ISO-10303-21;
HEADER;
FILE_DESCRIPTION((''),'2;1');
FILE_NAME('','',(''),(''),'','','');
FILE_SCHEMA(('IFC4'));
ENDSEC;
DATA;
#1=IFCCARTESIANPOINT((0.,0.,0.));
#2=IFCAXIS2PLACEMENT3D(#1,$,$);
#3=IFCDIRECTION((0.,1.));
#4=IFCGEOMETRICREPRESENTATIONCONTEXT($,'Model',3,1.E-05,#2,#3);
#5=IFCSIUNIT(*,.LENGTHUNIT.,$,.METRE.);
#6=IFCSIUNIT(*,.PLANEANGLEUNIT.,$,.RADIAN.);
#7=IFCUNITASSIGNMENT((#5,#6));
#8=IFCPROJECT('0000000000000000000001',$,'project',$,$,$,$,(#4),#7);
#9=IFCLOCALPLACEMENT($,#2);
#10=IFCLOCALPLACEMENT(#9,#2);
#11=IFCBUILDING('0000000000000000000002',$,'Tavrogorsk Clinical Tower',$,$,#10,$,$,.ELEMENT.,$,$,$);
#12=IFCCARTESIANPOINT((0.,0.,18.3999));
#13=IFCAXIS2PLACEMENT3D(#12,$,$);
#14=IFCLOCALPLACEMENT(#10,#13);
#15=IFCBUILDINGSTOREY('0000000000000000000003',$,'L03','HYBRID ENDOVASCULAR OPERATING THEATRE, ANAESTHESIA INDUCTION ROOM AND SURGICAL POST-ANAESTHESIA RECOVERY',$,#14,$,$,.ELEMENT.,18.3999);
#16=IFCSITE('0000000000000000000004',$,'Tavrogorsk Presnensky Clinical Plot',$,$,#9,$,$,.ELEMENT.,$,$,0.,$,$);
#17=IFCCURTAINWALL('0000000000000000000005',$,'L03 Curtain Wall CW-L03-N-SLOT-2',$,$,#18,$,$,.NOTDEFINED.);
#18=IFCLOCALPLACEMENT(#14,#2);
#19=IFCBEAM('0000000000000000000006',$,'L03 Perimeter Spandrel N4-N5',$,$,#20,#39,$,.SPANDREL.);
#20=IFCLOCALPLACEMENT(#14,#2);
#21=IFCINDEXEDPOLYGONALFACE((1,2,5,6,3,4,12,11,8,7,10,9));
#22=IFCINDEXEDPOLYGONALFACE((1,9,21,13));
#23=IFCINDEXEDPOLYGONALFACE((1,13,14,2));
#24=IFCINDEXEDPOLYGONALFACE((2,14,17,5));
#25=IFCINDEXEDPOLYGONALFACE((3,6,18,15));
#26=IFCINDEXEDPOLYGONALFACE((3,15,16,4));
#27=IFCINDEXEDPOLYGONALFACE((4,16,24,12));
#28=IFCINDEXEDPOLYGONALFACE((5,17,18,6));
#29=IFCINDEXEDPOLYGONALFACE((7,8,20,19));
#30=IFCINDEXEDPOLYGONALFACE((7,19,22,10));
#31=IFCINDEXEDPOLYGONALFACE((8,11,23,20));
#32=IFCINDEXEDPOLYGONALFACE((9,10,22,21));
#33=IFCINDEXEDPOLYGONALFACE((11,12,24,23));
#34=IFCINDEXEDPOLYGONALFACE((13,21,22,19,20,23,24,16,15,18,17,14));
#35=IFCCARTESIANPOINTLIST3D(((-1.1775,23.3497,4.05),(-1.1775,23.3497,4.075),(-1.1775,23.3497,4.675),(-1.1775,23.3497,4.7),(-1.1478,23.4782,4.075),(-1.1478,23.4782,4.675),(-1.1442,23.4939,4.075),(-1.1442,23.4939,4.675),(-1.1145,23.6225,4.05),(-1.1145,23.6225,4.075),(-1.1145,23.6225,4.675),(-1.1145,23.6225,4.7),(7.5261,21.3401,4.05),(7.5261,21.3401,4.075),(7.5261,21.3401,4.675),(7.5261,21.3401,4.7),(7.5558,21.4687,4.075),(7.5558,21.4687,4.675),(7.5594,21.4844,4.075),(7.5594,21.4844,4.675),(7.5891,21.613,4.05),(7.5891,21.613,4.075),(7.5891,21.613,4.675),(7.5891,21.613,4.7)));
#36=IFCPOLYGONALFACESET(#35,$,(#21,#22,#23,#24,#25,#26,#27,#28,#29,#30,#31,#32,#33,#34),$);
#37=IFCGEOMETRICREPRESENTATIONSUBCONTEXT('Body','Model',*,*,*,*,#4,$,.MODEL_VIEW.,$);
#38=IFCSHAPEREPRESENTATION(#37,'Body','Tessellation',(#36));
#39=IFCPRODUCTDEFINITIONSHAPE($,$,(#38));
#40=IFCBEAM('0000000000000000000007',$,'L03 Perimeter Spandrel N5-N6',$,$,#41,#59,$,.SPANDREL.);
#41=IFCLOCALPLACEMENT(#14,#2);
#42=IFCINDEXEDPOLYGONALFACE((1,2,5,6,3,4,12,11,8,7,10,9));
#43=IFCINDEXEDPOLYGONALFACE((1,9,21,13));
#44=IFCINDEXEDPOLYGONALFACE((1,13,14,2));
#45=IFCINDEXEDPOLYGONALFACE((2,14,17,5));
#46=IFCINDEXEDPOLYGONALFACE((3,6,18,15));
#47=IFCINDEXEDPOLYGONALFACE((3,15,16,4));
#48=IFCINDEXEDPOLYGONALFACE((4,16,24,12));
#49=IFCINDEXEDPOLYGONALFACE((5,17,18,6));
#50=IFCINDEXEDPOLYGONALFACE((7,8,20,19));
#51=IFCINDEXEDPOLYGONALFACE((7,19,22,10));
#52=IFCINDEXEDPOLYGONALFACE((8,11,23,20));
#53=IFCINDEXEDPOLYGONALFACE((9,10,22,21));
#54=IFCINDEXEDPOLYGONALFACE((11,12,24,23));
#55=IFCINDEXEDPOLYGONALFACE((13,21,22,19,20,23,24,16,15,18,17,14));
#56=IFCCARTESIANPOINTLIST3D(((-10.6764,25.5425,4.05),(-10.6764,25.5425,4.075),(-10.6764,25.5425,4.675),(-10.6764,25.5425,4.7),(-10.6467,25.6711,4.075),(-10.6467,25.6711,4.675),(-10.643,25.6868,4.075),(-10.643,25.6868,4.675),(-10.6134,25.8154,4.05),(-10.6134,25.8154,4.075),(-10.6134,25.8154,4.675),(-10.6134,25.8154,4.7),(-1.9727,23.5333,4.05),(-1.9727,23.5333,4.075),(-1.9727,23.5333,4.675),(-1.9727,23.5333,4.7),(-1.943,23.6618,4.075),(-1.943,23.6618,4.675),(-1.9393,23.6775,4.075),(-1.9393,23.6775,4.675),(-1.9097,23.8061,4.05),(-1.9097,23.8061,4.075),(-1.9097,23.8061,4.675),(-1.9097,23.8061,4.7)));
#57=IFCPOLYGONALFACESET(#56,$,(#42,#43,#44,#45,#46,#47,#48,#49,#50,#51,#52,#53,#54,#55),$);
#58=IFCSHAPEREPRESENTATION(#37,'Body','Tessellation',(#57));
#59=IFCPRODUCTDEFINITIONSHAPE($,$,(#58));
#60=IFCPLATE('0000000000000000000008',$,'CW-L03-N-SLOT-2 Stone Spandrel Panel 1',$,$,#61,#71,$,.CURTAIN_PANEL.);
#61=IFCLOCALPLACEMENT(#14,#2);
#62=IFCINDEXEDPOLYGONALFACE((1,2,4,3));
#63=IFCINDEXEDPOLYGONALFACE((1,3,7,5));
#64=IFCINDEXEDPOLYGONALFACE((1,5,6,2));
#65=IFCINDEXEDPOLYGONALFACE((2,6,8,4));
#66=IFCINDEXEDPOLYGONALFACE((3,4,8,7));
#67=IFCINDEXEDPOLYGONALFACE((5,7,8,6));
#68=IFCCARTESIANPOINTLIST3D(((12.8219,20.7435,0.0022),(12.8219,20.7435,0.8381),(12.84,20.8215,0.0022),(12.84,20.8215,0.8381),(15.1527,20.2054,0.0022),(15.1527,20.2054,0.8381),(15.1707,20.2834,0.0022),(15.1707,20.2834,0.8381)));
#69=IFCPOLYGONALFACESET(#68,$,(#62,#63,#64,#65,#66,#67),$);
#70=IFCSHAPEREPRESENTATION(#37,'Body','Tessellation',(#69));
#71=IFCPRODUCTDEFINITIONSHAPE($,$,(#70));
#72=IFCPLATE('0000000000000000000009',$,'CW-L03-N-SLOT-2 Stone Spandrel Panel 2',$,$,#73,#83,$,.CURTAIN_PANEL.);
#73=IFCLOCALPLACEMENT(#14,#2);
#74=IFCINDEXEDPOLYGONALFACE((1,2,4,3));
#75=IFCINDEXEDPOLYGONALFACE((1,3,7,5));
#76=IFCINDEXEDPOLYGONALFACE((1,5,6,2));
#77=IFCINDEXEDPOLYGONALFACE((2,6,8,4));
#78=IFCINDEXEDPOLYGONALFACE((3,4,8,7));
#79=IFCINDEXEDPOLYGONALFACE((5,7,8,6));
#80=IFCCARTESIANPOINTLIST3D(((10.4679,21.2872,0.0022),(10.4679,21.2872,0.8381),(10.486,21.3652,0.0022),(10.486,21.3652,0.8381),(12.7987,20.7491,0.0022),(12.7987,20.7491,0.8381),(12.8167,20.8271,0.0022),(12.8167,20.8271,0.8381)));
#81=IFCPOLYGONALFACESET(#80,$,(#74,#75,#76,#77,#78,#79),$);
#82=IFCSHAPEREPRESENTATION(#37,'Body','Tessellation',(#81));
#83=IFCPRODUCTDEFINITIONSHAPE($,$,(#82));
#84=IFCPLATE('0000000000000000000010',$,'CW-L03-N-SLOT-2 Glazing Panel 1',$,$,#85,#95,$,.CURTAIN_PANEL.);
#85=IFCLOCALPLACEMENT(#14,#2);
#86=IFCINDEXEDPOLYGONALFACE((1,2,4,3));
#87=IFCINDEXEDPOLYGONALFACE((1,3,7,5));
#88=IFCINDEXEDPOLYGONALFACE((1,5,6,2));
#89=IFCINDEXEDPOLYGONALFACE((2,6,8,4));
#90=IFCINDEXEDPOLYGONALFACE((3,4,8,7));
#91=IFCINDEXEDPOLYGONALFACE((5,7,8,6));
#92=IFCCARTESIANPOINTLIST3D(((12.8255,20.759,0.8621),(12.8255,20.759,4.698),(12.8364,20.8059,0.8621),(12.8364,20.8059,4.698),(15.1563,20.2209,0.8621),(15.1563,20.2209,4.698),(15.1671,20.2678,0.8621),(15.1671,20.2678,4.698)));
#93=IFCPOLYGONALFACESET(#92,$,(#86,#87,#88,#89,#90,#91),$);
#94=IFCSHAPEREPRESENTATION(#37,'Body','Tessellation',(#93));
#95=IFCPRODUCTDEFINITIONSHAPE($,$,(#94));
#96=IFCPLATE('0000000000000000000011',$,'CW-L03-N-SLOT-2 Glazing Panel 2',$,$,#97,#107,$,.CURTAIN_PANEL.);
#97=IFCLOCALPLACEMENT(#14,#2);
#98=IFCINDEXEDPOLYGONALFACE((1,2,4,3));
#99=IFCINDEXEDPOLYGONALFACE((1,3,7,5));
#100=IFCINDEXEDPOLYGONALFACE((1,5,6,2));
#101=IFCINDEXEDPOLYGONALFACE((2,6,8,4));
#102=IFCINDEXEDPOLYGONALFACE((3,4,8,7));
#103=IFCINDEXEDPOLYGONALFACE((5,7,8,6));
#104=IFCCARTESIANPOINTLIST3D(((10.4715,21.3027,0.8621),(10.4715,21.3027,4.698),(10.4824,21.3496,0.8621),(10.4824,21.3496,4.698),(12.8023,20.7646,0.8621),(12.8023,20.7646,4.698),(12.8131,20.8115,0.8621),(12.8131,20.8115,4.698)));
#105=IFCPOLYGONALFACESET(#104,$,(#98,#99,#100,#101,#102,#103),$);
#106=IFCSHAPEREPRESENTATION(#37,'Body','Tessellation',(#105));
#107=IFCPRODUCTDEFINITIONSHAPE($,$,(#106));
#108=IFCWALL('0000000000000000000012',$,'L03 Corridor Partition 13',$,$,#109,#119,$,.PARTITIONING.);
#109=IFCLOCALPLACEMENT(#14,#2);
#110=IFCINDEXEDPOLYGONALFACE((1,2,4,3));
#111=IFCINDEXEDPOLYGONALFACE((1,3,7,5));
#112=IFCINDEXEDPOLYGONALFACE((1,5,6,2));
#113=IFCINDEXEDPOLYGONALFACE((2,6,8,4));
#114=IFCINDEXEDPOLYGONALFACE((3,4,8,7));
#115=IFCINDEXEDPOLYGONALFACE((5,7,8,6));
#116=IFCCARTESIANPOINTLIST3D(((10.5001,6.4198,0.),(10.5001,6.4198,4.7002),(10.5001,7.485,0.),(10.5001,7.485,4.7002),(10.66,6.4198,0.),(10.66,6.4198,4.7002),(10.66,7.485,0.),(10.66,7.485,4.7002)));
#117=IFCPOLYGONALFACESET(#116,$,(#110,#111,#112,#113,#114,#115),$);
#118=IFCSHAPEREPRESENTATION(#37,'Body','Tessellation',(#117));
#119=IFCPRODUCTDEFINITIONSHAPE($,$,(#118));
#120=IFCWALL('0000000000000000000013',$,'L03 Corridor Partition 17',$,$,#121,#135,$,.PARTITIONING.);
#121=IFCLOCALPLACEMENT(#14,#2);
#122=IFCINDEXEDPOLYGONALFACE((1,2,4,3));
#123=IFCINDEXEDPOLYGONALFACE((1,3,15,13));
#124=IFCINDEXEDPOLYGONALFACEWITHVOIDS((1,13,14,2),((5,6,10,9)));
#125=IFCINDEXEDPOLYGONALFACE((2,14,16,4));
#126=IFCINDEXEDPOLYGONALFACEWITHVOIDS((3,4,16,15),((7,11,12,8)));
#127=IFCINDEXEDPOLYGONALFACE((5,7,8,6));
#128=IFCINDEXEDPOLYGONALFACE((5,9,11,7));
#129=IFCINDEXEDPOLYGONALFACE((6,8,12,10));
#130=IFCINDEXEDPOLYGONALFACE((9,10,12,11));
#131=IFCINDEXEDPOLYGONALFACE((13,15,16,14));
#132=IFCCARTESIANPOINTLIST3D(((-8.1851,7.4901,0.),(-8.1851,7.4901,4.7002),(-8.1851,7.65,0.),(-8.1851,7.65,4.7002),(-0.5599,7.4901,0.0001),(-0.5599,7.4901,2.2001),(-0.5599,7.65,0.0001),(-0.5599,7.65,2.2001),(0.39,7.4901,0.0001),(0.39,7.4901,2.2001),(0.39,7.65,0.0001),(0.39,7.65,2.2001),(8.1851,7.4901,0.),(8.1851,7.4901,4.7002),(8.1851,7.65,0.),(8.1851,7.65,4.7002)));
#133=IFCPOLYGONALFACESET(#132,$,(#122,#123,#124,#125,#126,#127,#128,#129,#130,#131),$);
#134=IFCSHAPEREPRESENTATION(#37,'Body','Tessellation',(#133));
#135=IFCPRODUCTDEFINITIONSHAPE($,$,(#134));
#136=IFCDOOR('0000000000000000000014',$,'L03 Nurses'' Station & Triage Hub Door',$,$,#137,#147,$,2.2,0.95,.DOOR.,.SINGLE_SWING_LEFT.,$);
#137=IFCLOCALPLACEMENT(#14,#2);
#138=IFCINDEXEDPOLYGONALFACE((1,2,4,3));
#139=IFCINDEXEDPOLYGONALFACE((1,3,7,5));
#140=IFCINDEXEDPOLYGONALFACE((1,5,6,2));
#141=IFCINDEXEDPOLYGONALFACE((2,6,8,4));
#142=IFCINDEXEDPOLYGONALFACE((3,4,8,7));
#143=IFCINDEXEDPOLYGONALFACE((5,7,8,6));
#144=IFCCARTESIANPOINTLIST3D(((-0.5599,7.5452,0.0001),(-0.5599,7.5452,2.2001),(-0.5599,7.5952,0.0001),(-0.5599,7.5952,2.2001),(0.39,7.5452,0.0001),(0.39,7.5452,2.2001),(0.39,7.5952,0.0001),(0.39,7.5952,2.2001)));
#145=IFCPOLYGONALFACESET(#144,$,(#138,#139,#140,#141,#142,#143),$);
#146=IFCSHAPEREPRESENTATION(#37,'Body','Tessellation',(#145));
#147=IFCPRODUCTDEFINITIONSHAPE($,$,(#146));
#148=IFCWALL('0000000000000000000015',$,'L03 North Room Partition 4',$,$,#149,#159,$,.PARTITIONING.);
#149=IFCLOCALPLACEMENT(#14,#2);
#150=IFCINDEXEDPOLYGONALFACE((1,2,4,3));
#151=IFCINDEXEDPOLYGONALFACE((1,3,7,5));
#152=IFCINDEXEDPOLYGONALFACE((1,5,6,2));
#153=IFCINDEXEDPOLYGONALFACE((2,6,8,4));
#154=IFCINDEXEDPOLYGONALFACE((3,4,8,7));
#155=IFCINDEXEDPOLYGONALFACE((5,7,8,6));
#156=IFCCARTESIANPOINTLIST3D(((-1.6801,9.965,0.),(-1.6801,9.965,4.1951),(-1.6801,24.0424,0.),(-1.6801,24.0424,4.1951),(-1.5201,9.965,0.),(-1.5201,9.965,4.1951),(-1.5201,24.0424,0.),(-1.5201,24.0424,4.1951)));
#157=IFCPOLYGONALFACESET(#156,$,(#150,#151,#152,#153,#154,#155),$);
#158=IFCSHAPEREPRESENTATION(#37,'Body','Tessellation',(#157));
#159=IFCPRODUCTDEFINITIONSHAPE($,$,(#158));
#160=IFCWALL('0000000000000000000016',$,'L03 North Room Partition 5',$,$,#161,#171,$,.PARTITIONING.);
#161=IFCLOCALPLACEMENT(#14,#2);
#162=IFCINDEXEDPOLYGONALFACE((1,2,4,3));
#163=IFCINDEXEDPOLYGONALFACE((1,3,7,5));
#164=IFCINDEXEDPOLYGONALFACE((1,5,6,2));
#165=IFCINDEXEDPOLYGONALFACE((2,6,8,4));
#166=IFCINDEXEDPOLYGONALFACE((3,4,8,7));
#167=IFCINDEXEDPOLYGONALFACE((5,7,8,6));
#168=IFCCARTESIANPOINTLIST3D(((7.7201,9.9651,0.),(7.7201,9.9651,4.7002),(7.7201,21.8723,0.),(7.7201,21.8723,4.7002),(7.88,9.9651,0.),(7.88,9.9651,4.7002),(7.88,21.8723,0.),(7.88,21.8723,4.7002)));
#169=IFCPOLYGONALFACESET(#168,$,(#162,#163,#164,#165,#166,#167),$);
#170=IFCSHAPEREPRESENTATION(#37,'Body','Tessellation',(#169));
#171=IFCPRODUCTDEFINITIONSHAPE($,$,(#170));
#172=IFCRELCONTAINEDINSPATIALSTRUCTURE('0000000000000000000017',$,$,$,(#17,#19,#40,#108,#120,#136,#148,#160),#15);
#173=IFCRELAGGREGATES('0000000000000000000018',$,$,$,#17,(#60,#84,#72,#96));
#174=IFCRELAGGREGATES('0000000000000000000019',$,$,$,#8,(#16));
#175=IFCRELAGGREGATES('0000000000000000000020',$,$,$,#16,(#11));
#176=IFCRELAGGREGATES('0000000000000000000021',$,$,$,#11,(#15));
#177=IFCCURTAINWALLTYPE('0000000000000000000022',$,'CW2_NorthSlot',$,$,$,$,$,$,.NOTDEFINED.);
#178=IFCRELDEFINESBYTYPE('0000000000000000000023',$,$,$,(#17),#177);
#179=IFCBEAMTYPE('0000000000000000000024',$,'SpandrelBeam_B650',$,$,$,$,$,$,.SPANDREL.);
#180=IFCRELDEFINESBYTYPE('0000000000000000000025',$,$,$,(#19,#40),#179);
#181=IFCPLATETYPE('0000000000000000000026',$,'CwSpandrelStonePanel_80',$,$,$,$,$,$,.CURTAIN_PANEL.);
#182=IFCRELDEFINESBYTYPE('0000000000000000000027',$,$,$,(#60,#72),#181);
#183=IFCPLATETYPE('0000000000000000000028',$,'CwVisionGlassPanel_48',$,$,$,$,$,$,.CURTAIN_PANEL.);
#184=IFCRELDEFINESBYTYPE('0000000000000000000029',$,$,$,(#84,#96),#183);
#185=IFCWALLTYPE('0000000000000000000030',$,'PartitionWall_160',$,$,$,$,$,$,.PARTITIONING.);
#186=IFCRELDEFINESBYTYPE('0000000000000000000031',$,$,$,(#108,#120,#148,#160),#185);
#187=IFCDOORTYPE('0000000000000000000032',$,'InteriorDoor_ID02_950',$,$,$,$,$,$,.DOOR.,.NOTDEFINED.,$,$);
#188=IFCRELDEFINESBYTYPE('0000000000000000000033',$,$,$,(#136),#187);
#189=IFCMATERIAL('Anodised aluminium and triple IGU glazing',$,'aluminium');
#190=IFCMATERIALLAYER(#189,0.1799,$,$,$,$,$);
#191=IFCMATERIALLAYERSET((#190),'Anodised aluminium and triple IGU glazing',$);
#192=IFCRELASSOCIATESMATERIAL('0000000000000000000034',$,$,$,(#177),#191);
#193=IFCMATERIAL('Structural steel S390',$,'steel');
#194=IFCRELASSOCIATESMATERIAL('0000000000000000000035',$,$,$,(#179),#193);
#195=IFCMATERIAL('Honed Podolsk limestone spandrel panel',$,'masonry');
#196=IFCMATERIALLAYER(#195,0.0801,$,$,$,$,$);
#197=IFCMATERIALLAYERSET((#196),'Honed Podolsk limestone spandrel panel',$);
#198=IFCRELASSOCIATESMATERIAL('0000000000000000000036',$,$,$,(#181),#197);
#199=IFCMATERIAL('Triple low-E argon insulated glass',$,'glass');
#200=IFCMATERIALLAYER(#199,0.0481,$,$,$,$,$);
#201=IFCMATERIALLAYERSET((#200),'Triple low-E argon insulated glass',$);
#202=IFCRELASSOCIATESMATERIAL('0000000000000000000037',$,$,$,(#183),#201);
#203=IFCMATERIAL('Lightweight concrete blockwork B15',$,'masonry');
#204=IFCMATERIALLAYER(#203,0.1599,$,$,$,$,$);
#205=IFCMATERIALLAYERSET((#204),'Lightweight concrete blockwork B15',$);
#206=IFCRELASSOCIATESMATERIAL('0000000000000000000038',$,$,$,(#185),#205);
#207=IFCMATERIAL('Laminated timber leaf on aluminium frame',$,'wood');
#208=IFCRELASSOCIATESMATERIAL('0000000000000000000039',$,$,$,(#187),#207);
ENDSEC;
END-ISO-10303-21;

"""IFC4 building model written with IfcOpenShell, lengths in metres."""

from ifc_helpers import new_model, si_unit, direction, frame, frame_2d, origin, origin_2d, place, context, subcontext, project, spatial, rectangle, i_section, extrude, material, layer, layer_set, material_profile, profile_set, type_object, element, fill, aggregate, save


model = new_model("IFC4")

# Units and contexts
model_context = context("Model", 3, precision=1e-05, world=origin(), true_north=direction((0.0, 1.0)))
body_context = subcontext(model_context, "Body", "Model", "MODEL_VIEW")
ifc_project = project(units=[si_unit("LENGTHUNIT", "METRE"), si_unit("PLANEANGLEUNIT", "RADIAN")], contexts=[model_context])

# Site, building, storey
site_placement = place(None, origin())
site = spatial("IfcSite", under=ifc_project, at=site_placement, Name="Tavrogorsk Presnensky Clinical Plot", CompositionType="ELEMENT", RefElevation=0.0)
building_placement = place(site_placement, origin())
building = spatial("IfcBuilding", under=site, at=building_placement, Name="Tavrogorsk Clinical Tower", CompositionType="ELEMENT")
storey_placement = place(building_placement, frame((0.0, 0.0, 18.3999)))
storey = spatial("IfcBuildingStorey", under=building, at=storey_placement, Name="L03", Description="HYBRID ENDOVASCULAR OPERATING THEATRE, ANAESTHESIA INDUCTION ROOM AND SURGICAL POST-ANAESTHESIA RECOVERY", CompositionType="ELEMENT", Elevation=18.3999)

# Curtain wall
ifc_material_1 = material(Name="Anodised aluminium and triple IGU glazing", Category="aluminium")
ifc_layer_1 = layer(ifc_material_1, 0.1799)
ifc_layer_set_1 = layer_set([ifc_layer_1], Name="Anodised aluminium and triple IGU glazing")
curtain_wall_type = type_object("IfcCurtainWallType", Name="CW2_NorthSlot", PredefinedType="NOTDEFINED", material=ifc_layer_set_1)
curtain_wall_placement = place(storey_placement, origin())
curtain_wall = element("IfcCurtainWall", 1, at=curtain_wall_placement, inside=storey, type_object=curtain_wall_type, Name="L03 Curtain Wall CW-L03-N-SLOT-2", PredefinedType="NOTDEFINED")

# Beams
ifc_material_2 = material(Name="Structural steel S390", Category="steel")
ifc_material_profile_1 = material_profile(ifc_material_2, i_section(OverallWidth=0.28, OverallDepth=0.6499, WebThickness=0.0161, FlangeThickness=0.0249, at=origin_2d()), Name="B-650x280x16x25")
ifc_profile_set_1 = profile_set([ifc_material_profile_1], Name="Structural steel S390")
beam_type_1 = type_object("IfcBeamType", Name="SpandrelBeam_B650", PredefinedType="SPANDREL", material=ifc_profile_set_1)
for number, where, z_axis, x_axis, name in (
    (2, (7.5576, 21.4766, 4.375), (-0.974367, 0.224965, 0.0), (-0.224965, -0.974367, 0.0), "L03 Perimeter Spandrel N4-N5"),
    (3, (-1.9412, 23.6697, 4.375), (-0.974373, 0.224939, 0.0), (-0.224939, -0.974373, 0.0), "L03 Perimeter Spandrel N5-N6"),
):
    element("IfcBeam", number, at=place(storey_placement, frame(where, z_axis=z_axis, x_axis=x_axis)), inside=storey, type_object=beam_type_1, Name=name, PredefinedType="SPANDREL", context=body_context, shape_type="SweptSolid", body=[
        extrude(i_section(OverallWidth=0.28, OverallDepth=0.6499, WebThickness=0.0161, FlangeThickness=0.0249, at=origin_2d()), origin(), (0.0, 0.0, 1.0), 8.9326),
    ])

# Plates
ifc_material_3 = material(Name="Honed Podolsk limestone spandrel panel", Category="masonry")
ifc_layer_2 = layer(ifc_material_3, 0.0801)
ifc_layer_set_2 = layer_set([ifc_layer_2], Name="Honed Podolsk limestone spandrel panel")
plate_type_1 = type_object("IfcPlateType", Name="CwSpandrelStonePanel_80", PredefinedType="CURTAIN_PANEL", material=ifc_layer_set_2)
plate_1_placement = place(storey_placement, frame((13.9963, 20.5134, 0.0022), z_axis=(0.0, 0.0, 1.0), x_axis=(-0.97437, 0.224951, 0.0)))
plate_1 = element("IfcPlate", 4, at=plate_1_placement, type_object=plate_type_1, Name="CW-L03-N-SLOT-2 Stone Spandrel Panel 1", PredefinedType="CURTAIN_PANEL", context=body_context, shape_type="SweptSolid", body=[
    extrude(rectangle(XDim=2.3921, YDim=0.0801, at=origin_2d()), origin(), (0.0, 0.0, 1.0), 0.8359),
])
plate_2_placement = place(storey_placement, frame((11.6423, 21.0571, 0.0022), z_axis=(0.0, 0.0, 1.0), x_axis=(-0.97437, 0.224951, 0.0)))
plate_2 = element("IfcPlate", 5, at=plate_2_placement, type_object=plate_type_1, Name="CW-L03-N-SLOT-2 Stone Spandrel Panel 2", PredefinedType="CURTAIN_PANEL", context=body_context, shape_type="SweptSolid", body=[
    extrude(rectangle(XDim=2.3921, YDim=0.0801, at=origin_2d()), origin(), (0.0, 0.0, 1.0), 0.8359),
])
ifc_material_4 = material(Name="Triple low-E argon insulated glass", Category="glass")
ifc_layer_3 = layer(ifc_material_4, 0.0481)
ifc_layer_set_3 = layer_set([ifc_layer_3], Name="Triple low-E argon insulated glass")
plate_type_2 = type_object("IfcPlateType", Name="CwVisionGlassPanel_48", PredefinedType="CURTAIN_PANEL", material=ifc_layer_set_3)
plate_3_placement = place(storey_placement, frame((13.9963, 20.5134, 0.8621), z_axis=(0.0, 0.0, 1.0), x_axis=(-0.97437, 0.224951, 0.0)))
plate_3 = element("IfcPlate", 6, at=plate_3_placement, type_object=plate_type_2, Name="CW-L03-N-SLOT-2 Glazing Panel 1", PredefinedType="CURTAIN_PANEL", context=body_context, shape_type="SweptSolid", body=[
    extrude(rectangle(XDim=2.3921, YDim=0.0481, at=origin_2d()), origin(), (0.0, 0.0, 1.0), 3.8359),
])
plate_4_placement = place(storey_placement, frame((11.6423, 21.0571, 0.8621), z_axis=(0.0, 0.0, 1.0), x_axis=(-0.97437, 0.224951, 0.0)))
plate_4 = element("IfcPlate", 7, at=plate_4_placement, type_object=plate_type_2, Name="CW-L03-N-SLOT-2 Glazing Panel 2", PredefinedType="CURTAIN_PANEL", context=body_context, shape_type="SweptSolid", body=[
    extrude(rectangle(XDim=2.3921, YDim=0.0481, at=origin_2d()), origin(), (0.0, 0.0, 1.0), 3.8359),
])
aggregate(curtain_wall, [plate_1, plate_3, plate_2, plate_4])

# Wall
ifc_material_5 = material(Name="Lightweight concrete blockwork B15", Category="masonry")
ifc_layer_4 = layer(ifc_material_5, 0.1599)
ifc_layer_set_4 = layer_set([ifc_layer_4], Name="Lightweight concrete blockwork B15")
wall_type_1 = type_object("IfcWallType", Name="PartitionWall_160", PredefinedType="PARTITIONING", material=ifc_layer_set_4)
wall_1_placement = place(storey_placement, frame((10.5801, 7.4851, 0.0), z_axis=(0.0, 0.0, 1.0), x_axis=(0.0, -1.0, 0.0)))
element("IfcWall", 8, at=wall_1_placement, inside=storey, type_object=wall_type_1, Name="L03 Corridor Partition 13", PredefinedType="PARTITIONING", context=body_context, shape_type="SweptSolid", body=[
    extrude(rectangle(XDim=1.0652, YDim=0.1599, at=frame_2d((0.5327, 0.0))), origin(), (0.0, 0.0, 1.0), 4.7002),
])

# Wall, opening, door
wall_2_placement = place(storey_placement, frame((8.1851, 7.5701, 0.0), z_axis=(0.0, 0.0, 1.0), x_axis=(-1.0, 0.0, 0.0)))
wall_2 = element("IfcWall", 9, at=wall_2_placement, inside=storey, type_object=wall_type_1, Name="L03 Corridor Partition 17", PredefinedType="PARTITIONING", context=body_context, shape_type="SweptSolid", body=[
    extrude(rectangle(XDim=16.3701, YDim=0.1599, at=frame_2d((8.1851, 0.0))), origin(), (0.0, 0.0, 1.0), 4.7002),
])
opening_1_placement = place(wall_2_placement, frame((7.7949, 0.0, 0.0)))
opening_1 = element("IfcOpeningElement", 10, at=opening_1_placement, cuts=wall_2, PredefinedType="OPENING", context=body_context, shape_type="SweptSolid", body=[
    extrude(rectangle(XDim=0.95, YDim=2.2, at=frame_2d((0.4751, 1.1001))), frame((0.0, 0.0898, 0.0), z_axis=(0.0, -1.0, 0.0), x_axis=(1.0, 0.0, 0.0)), (0.0, 0.0, 1.0), 0.1799),
])
ifc_material_6 = material(Name="Laminated timber leaf on aluminium frame", Category="wood")
door_type = type_object("IfcDoorType", Name="InteriorDoor_ID02_950", OperationType="NOTDEFINED", PredefinedType="DOOR", material=ifc_material_6)
door_placement = place(opening_1_placement, origin())
door = element("IfcDoor", 11, at=door_placement, inside=storey, type_object=door_type, Name="L03 Nurses' Station & Triage Hub Door", OperationType="SINGLE_SWING_LEFT", OverallHeight=2.2, OverallWidth=0.95, PredefinedType="DOOR", context=body_context, shape_type="SweptSolid", body=[
    extrude(rectangle(XDim=0.95, YDim=2.2, at=frame_2d((0.4751, 1.1001))), frame((0.0, 0.0249, 0.0), z_axis=(0.0, -1.0, 0.0), x_axis=(1.0, 0.0, 0.0)), (0.0, 0.0, 1.0), 0.05),
])
fill(opening_1, door)

# Walls
wall_3_placement = place(storey_placement, frame((-1.6001, 9.9651, 0.0), z_axis=(0.0, 0.0, 1.0), x_axis=(0.0, 1.0, 0.0)))
element("IfcWall", 12, at=wall_3_placement, inside=storey, type_object=wall_type_1, Name="L03 North Room Partition 4", PredefinedType="PARTITIONING", context=body_context, shape_type="SweptSolid", body=[
    extrude(rectangle(XDim=14.0774, YDim=0.1599, at=frame_2d((7.0386, 0.0))), origin(), (0.0, 0.0, 1.0), 4.1951),
])
wall_4_placement = place(storey_placement, frame((7.8, 9.9651, 0.0), z_axis=(0.0, 0.0, 1.0), x_axis=(0.0, 1.0, 0.0)))
element("IfcWall", 13, at=wall_4_placement, inside=storey, type_object=wall_type_1, Name="L03 North Room Partition 5", PredefinedType="PARTITIONING", context=body_context, shape_type="SweptSolid", body=[
    extrude(rectangle(XDim=11.9072, YDim=0.1599, at=frame_2d((5.9536, 0.0))), origin(), (0.0, 0.0, 1.0), 4.7002),
])

save(model, "model.ifc")
